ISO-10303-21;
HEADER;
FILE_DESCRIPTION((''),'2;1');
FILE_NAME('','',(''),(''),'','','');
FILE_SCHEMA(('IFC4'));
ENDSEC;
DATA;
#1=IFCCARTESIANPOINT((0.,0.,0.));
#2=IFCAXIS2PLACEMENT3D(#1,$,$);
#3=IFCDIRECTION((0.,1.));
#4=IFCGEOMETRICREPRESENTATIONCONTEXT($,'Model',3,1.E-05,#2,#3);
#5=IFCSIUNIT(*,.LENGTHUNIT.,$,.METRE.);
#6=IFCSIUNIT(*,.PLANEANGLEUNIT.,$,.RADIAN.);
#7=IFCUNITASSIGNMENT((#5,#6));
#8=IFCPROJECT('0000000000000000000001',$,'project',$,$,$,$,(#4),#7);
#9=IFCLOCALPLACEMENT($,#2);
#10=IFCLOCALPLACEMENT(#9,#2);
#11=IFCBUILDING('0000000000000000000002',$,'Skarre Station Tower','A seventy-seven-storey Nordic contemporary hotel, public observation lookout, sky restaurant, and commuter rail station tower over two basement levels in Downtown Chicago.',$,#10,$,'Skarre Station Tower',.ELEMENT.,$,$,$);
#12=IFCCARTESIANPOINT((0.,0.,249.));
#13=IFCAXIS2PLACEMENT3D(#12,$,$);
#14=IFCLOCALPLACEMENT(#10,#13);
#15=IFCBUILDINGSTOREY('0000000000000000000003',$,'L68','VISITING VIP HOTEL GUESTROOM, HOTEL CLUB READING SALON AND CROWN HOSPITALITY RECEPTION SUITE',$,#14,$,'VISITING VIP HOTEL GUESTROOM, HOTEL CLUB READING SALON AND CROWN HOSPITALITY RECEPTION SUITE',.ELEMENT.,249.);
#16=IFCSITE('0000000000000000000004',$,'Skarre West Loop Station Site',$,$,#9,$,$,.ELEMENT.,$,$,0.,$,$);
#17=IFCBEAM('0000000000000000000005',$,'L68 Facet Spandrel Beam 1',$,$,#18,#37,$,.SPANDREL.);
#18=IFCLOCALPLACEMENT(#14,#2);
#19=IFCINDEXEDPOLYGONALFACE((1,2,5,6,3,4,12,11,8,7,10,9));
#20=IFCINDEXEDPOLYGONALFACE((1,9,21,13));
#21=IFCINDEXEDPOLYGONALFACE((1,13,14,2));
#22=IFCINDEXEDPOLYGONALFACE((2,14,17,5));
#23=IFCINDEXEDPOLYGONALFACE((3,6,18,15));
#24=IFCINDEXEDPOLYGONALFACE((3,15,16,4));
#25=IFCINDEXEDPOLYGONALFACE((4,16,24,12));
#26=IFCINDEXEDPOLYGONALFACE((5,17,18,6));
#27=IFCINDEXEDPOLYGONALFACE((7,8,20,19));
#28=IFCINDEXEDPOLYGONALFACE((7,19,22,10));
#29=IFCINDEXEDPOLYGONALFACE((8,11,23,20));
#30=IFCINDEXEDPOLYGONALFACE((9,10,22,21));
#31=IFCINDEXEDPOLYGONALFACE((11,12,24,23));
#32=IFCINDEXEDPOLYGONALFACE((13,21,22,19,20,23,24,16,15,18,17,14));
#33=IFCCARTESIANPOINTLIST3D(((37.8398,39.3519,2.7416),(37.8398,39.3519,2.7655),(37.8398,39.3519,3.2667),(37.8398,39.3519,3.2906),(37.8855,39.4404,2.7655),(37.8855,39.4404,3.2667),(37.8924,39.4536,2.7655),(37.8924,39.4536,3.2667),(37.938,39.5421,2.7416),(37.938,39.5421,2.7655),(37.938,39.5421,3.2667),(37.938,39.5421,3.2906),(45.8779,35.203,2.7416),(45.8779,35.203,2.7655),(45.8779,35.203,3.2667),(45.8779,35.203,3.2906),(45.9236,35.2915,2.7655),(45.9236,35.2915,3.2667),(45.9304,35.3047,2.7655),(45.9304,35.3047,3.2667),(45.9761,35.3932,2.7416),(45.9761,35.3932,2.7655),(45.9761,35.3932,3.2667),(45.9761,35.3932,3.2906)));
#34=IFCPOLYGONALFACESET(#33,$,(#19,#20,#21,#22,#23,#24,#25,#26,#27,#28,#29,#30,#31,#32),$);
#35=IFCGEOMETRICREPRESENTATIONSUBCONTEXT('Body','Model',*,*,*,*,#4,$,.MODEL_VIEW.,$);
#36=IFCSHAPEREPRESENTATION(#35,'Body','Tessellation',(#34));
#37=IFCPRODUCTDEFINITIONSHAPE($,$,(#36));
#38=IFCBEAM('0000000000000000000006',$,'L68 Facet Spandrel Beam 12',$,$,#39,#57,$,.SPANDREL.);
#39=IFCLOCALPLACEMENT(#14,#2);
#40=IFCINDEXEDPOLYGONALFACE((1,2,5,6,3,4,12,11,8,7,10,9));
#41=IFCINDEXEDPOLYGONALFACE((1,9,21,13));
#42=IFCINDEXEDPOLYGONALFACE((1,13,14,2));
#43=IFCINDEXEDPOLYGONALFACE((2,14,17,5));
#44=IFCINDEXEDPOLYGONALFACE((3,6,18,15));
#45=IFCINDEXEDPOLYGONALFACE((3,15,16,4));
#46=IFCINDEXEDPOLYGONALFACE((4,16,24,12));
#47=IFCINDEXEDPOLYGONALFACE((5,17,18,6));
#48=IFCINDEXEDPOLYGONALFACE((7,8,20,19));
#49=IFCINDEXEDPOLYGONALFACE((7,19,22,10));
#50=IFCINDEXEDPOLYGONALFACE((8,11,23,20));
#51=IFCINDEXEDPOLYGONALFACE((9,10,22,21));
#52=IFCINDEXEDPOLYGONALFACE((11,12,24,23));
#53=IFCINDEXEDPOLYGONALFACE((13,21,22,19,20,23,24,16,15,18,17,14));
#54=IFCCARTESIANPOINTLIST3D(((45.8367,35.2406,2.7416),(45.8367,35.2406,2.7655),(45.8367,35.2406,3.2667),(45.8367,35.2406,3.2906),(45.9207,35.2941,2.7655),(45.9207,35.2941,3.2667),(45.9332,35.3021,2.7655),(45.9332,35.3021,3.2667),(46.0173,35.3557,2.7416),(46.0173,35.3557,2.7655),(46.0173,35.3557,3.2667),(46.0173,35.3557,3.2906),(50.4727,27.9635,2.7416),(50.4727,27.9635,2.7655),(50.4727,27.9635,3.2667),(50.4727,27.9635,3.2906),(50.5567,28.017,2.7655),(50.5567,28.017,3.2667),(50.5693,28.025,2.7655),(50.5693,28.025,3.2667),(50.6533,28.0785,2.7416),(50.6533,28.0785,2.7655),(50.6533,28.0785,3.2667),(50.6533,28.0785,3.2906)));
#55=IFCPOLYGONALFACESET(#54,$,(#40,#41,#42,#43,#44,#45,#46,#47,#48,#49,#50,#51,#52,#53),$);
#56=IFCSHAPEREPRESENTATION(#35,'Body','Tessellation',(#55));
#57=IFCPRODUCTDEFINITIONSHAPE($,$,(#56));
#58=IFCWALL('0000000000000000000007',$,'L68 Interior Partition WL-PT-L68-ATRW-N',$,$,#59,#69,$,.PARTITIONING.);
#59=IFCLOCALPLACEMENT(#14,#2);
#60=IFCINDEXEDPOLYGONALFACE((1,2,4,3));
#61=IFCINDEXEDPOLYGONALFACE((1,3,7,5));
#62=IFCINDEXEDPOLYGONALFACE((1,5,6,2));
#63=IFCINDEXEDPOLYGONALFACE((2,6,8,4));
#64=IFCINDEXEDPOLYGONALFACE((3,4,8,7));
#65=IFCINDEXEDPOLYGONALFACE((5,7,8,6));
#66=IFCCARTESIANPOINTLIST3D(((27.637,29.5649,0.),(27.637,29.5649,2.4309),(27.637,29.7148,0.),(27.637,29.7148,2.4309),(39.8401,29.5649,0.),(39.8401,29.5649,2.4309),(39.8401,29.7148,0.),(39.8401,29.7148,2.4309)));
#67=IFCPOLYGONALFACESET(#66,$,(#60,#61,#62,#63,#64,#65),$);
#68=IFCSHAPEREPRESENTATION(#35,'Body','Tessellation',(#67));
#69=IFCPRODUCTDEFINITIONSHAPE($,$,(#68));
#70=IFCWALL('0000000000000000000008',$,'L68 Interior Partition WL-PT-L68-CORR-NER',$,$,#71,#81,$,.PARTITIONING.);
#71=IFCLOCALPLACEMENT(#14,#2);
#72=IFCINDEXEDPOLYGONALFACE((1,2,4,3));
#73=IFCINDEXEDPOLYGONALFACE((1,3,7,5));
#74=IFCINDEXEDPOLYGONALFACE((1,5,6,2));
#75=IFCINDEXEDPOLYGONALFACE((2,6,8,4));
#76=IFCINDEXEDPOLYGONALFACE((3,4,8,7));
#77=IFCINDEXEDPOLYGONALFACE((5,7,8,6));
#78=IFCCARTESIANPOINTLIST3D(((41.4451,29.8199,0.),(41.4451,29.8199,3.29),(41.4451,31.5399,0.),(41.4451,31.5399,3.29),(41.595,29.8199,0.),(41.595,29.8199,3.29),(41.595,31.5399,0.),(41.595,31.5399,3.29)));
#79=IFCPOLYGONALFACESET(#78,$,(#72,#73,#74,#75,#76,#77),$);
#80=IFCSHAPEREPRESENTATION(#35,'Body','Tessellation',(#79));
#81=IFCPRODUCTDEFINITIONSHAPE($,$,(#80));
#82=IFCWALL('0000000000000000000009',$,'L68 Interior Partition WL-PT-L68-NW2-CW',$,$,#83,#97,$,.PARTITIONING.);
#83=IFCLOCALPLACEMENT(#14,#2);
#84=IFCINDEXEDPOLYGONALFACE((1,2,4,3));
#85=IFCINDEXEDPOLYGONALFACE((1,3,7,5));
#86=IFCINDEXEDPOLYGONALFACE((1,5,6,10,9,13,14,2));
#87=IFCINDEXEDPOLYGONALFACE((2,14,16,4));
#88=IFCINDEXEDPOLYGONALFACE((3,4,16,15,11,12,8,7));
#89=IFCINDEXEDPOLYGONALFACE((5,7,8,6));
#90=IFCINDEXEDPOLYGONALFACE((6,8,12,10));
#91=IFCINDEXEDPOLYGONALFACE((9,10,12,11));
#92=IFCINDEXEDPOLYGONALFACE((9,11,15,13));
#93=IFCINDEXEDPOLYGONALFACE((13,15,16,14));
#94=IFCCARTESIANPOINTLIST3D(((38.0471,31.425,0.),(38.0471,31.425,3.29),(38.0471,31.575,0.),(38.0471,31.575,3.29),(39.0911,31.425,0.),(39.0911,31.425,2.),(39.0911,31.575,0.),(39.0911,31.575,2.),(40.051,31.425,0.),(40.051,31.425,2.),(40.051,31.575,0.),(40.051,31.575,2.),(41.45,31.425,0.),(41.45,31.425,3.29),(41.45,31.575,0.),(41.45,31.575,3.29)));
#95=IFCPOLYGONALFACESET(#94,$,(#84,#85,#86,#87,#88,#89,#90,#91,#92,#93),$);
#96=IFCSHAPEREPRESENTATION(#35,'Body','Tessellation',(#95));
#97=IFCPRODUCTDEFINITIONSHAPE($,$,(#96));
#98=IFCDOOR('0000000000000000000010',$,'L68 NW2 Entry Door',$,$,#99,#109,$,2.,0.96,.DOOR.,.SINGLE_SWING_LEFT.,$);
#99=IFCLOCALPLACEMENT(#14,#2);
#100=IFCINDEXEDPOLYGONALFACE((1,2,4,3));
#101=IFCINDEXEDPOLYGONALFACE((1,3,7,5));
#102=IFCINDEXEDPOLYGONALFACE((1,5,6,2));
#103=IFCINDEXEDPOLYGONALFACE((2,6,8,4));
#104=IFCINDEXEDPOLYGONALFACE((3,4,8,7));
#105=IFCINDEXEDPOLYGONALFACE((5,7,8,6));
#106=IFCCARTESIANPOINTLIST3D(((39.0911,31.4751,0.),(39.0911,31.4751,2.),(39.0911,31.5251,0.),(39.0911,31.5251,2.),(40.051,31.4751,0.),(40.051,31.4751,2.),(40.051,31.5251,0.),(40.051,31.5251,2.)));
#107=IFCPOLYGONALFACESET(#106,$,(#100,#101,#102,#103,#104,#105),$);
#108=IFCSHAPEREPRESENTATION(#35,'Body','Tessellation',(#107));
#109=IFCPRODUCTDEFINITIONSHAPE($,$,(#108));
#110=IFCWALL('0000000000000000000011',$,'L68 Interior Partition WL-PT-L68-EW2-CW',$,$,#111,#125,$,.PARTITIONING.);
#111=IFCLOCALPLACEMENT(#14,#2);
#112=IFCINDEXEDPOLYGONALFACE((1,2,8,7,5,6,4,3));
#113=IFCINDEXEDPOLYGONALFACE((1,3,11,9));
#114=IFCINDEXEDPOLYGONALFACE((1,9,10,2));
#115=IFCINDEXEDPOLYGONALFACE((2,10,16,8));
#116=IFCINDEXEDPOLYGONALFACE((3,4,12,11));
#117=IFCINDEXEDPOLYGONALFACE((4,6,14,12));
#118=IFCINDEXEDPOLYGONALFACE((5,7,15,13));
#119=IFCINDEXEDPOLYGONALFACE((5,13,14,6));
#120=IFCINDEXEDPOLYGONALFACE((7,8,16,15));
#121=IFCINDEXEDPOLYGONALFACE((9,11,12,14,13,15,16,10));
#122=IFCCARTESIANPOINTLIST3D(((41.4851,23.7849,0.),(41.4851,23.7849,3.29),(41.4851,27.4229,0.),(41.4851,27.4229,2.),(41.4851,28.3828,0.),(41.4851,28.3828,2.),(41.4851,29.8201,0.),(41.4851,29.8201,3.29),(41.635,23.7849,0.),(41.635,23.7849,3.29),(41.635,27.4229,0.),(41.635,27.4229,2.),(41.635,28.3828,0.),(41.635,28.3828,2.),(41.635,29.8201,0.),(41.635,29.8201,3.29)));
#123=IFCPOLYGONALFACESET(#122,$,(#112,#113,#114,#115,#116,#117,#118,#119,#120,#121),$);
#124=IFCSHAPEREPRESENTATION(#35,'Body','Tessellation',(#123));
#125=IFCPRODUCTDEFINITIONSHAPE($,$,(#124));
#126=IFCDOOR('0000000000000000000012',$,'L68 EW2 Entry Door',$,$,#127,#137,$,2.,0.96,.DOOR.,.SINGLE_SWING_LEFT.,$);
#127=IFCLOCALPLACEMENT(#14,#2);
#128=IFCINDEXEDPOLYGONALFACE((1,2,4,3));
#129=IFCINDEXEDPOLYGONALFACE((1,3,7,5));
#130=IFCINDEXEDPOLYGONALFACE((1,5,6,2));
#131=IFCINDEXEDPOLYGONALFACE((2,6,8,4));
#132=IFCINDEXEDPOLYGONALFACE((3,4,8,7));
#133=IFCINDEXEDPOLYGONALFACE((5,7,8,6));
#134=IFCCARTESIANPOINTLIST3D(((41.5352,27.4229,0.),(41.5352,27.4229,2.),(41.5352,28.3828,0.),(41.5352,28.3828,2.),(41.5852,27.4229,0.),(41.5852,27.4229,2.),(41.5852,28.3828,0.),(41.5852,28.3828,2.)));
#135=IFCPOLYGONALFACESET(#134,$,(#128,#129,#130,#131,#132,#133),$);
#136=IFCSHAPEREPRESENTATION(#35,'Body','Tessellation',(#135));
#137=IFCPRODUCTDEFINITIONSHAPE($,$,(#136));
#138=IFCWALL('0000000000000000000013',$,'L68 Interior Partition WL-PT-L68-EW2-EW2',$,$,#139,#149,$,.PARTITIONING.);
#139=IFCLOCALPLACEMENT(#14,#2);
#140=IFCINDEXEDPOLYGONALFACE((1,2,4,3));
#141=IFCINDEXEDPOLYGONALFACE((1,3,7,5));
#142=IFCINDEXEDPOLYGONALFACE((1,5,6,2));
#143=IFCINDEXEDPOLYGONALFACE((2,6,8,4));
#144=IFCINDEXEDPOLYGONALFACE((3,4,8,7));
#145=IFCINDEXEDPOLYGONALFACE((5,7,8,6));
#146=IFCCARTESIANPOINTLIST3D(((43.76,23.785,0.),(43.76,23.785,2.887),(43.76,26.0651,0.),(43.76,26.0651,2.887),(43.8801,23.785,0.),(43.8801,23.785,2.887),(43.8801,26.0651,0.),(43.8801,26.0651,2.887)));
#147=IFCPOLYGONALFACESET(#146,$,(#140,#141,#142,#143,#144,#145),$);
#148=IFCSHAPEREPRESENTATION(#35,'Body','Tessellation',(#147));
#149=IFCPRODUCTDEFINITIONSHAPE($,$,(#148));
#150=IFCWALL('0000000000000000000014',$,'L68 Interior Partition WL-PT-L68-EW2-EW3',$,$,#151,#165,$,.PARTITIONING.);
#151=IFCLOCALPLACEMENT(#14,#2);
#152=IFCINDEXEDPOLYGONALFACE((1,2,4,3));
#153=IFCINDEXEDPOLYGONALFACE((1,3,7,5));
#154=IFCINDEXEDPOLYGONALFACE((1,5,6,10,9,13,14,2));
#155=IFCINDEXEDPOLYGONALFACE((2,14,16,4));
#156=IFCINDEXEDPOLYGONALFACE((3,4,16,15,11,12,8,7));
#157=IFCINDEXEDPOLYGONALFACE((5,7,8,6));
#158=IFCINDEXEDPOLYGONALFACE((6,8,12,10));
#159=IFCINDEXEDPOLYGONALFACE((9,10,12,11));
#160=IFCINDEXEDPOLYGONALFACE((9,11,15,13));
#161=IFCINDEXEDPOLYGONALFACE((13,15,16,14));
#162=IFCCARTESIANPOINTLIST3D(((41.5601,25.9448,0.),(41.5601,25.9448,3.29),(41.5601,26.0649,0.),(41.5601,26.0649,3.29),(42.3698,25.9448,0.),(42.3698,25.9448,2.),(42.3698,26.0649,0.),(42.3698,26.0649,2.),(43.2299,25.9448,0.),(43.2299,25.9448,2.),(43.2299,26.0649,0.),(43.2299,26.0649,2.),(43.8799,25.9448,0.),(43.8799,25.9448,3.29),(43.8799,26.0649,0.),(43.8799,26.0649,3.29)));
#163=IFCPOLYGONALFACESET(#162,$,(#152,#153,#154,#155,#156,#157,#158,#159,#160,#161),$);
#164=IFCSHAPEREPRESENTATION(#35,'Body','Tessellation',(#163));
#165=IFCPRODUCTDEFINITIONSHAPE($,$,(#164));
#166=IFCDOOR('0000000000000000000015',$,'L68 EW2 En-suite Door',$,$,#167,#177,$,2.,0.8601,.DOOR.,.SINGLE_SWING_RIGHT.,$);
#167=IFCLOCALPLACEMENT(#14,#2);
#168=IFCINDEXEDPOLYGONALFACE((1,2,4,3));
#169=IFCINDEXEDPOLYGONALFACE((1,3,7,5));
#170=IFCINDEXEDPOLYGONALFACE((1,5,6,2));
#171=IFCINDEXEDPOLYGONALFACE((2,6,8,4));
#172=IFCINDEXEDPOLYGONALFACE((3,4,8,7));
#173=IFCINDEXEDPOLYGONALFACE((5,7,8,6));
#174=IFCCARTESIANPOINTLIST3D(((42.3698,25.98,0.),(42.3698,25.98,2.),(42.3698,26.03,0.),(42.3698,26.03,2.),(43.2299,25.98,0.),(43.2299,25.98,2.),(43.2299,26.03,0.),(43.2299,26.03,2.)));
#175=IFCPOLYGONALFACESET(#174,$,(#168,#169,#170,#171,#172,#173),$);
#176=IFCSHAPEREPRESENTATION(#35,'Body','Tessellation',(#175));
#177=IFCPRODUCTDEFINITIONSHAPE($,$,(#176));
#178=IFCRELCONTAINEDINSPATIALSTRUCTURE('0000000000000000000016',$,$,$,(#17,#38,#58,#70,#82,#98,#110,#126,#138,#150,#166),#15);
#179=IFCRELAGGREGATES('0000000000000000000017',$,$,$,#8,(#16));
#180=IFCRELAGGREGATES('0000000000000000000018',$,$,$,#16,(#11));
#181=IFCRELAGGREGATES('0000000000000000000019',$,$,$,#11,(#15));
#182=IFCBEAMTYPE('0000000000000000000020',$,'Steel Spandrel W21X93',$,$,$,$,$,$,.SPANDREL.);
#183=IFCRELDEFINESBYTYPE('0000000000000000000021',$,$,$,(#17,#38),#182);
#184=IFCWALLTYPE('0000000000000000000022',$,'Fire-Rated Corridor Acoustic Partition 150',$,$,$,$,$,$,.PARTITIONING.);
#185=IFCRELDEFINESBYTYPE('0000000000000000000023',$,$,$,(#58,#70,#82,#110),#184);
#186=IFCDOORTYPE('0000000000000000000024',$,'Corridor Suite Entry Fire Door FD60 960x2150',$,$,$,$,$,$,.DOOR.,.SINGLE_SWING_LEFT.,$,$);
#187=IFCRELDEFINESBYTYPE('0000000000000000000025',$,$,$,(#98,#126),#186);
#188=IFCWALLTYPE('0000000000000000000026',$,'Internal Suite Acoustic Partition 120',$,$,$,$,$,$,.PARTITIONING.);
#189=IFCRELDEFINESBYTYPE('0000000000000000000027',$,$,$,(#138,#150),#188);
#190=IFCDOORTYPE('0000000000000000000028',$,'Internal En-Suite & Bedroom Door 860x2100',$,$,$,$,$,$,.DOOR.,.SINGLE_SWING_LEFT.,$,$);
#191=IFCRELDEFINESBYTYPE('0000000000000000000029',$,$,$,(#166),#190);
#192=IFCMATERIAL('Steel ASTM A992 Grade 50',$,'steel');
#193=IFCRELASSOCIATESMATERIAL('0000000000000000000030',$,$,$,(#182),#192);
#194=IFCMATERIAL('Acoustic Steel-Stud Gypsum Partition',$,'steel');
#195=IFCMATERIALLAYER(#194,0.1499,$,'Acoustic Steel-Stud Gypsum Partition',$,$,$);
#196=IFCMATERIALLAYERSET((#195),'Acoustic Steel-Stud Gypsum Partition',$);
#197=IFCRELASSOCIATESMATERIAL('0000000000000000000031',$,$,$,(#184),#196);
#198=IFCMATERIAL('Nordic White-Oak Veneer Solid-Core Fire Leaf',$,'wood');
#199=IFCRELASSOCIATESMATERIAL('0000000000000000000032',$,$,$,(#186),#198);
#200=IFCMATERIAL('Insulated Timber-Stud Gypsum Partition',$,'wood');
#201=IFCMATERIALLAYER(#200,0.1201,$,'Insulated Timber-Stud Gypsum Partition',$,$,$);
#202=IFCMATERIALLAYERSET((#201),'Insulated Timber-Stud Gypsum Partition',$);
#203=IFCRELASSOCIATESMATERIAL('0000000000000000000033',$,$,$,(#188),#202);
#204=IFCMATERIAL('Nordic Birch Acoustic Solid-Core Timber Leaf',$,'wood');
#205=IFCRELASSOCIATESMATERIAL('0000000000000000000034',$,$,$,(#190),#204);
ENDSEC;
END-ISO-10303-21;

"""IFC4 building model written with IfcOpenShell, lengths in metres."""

from ifc_helpers import new_model, si_unit, direction, frame, frame_2d, origin, origin_2d, place, context, subcontext, project, spatial, rectangle, i_section, extrude, material, layer, layer_set, material_profile, profile_set, type_object, element, fill, save


model = new_model("IFC4")

# Units and contexts
model_context = context("Model", 3, precision=1e-05, world=origin(), true_north=direction((0.0, 1.0)))
body_context = subcontext(model_context, "Body", "Model", "MODEL_VIEW")
ifc_project = project(units=[si_unit("LENGTHUNIT", "METRE"), si_unit("PLANEANGLEUNIT", "RADIAN")], contexts=[model_context])

# Site, building, storey
site_placement = place(None, origin())
site = spatial("IfcSite", under=ifc_project, at=site_placement, Name="Skarre West Loop Station Site", CompositionType="ELEMENT", RefElevation=0.0)
building_placement = place(site_placement, origin())
building = spatial("IfcBuilding", under=site, at=building_placement, Name="Skarre Station Tower", Description="A seventy-seven-storey Nordic contemporary hotel, public observation lookout, sky restaurant, and commuter rail station tower over two basement levels in Downtown Chicago.", LongName="Skarre Station Tower", CompositionType="ELEMENT")
storey_placement = place(building_placement, frame((0.0, 0.0, 249.0)))
storey = spatial("IfcBuildingStorey", under=building, at=storey_placement, Name="L68", Description="VISITING VIP HOTEL GUESTROOM, HOTEL CLUB READING SALON AND CROWN HOSPITALITY RECEPTION SUITE", LongName="VISITING VIP HOTEL GUESTROOM, HOTEL CLUB READING SALON AND CROWN HOSPITALITY RECEPTION SUITE", CompositionType="ELEMENT", Elevation=249.0)

# Beams
ifc_material_1 = material(Name="Steel ASTM A992 Grade 50", Category="steel")
ifc_material_profile_1 = material_profile(ifc_material_1, i_section(OverallWidth=0.2141, OverallDepth=0.5491, WebThickness=0.0149, FlangeThickness=0.0239, at=origin_2d()), Name="Steel ASTM A992 Grade 50")
ifc_profile_set_1 = profile_set([ifc_material_profile_1], Name="Steel ASTM A992 Grade 50")
beam_type_1 = type_object("IfcBeamType", Name="Steel Spandrel W21X93", PredefinedType="SPANDREL", material=ifc_profile_set_1)
beam_1_placement = place(storey_placement, frame((45.927, 35.2981, 3.0161), z_axis=(-0.88861, 0.458664, 0.0), x_axis=(-0.458664, -0.88861, 0.0)))
element("IfcBeam", 1, at=beam_1_placement, inside=storey, type_object=beam_type_1, Name="L68 Facet Spandrel Beam 1", PredefinedType="SPANDREL", context=body_context, shape_type="SweptSolid", body=[
    extrude(i_section(OverallWidth=0.2141, OverallDepth=0.5491, WebThickness=0.0149, FlangeThickness=0.0239, at=origin_2d()), origin(), (0.0, 0.0, 1.0), 9.0457),
])
beam_2_placement = place(storey_placement, frame((50.563, 28.021, 3.0161), z_axis=(-0.537297, 0.843393, 0.0), x_axis=(-0.843393, -0.537297, 0.0)))
element("IfcBeam", 2, at=beam_2_placement, inside=storey, type_object=beam_type_1, Name="L68 Facet Spandrel Beam 12", PredefinedType="SPANDREL", context=body_context, shape_type="SweptSolid", body=[
    extrude(i_section(OverallWidth=0.2141, OverallDepth=0.5491, WebThickness=0.0149, FlangeThickness=0.0239, at=origin_2d()), origin(), (0.0, 0.0, 1.0), 8.6284),
])

# Walls
ifc_material_2 = material(Name="Acoustic Steel-Stud Gypsum Partition", Category="steel")
ifc_layer_1 = layer(ifc_material_2, 0.1499, Name="Acoustic Steel-Stud Gypsum Partition")
ifc_layer_set_1 = layer_set([ifc_layer_1], Name="Acoustic Steel-Stud Gypsum Partition")
wall_type_1 = type_object("IfcWallType", Name="Fire-Rated Corridor Acoustic Partition 150", PredefinedType="PARTITIONING", material=ifc_layer_set_1)
wall_1_placement = place(storey_placement, frame((39.8401, 29.6399, 0.0), z_axis=(0.0, 0.0, 1.0), x_axis=(-1.0, 0.0, 0.0)))
element("IfcWall", 3, at=wall_1_placement, inside=storey, type_object=wall_type_1, Name="L68 Interior Partition WL-PT-L68-ATRW-N", PredefinedType="PARTITIONING", context=body_context, shape_type="SweptSolid", body=[
    extrude(rectangle(XDim=12.2031, YDim=0.1499, at=frame_2d((6.1016, 0.0))), origin(), (0.0, 0.0, 1.0), 2.4309),
])
wall_2_placement = place(storey_placement, frame((41.52, 29.8201, 0.0), z_axis=(0.0, 0.0, 1.0), x_axis=(0.0, 1.0, 0.0)))
element("IfcWall", 4, at=wall_2_placement, inside=storey, type_object=wall_type_1, Name="L68 Interior Partition WL-PT-L68-CORR-NER", PredefinedType="PARTITIONING", context=body_context, shape_type="SweptSolid", body=[
    extrude(rectangle(XDim=1.72, YDim=0.1499, at=frame_2d((0.8599, 0.0))), origin(), (0.0, 0.0, 1.0), 3.29),
])

# Walls, openings, doors
wall_3_placement = place(storey_placement, frame((41.45, 31.5, 0.0), z_axis=(0.0, 0.0, 1.0), x_axis=(-1.0, 0.0, 0.0)))
wall_3 = element("IfcWall", 5, at=wall_3_placement, inside=storey, type_object=wall_type_1, Name="L68 Interior Partition WL-PT-L68-NW2-CW", PredefinedType="PARTITIONING", context=body_context, shape_type="SweptSolid", body=[
    extrude(rectangle(XDim=3.4028, YDim=0.1499, at=frame_2d((1.7014, 0.0))), origin(), (0.0, 0.0, 1.0), 3.29),
])
opening_1_placement = place(wall_3_placement, frame((1.3989, 0.0, 0.0)))
opening_1 = element("IfcOpeningElement", 6, at=opening_1_placement, cuts=wall_3, PredefinedType="OPENING", context=body_context, shape_type="SweptSolid", body=[
    extrude(rectangle(XDim=0.96, YDim=2.0, at=frame_2d((0.48, 1.0))), frame((0.0, 0.085, 0.0), z_axis=(0.0, -1.0, 0.0), x_axis=(1.0, 0.0, 0.0)), (0.0, 0.0, 1.0), 0.1699),
])
ifc_material_3 = material(Name="Nordic White-Oak Veneer Solid-Core Fire Leaf", Category="wood")
door_type_1 = type_object("IfcDoorType", Name="Corridor Suite Entry Fire Door FD60 960x2150", OperationType="SINGLE_SWING_LEFT", PredefinedType="DOOR", material=ifc_material_3)
door_1_placement = place(opening_1_placement, origin())
door_1 = element("IfcDoor", 7, at=door_1_placement, inside=storey, type_object=door_type_1, Name="L68 NW2 Entry Door", OperationType="SINGLE_SWING_LEFT", OverallHeight=2.0, OverallWidth=0.96, PredefinedType="DOOR", context=body_context, shape_type="SweptSolid", body=[
    extrude(rectangle(XDim=0.96, YDim=2.0, at=frame_2d((0.48, 1.0))), frame((0.0, 0.0249, 0.0), z_axis=(0.0, -1.0, 0.0), x_axis=(1.0, 0.0, 0.0)), (0.0, 0.0, 1.0), 0.05),
])
fill(opening_1, door_1)
wall_4_placement = place(storey_placement, frame((41.5601, 23.7849, 0.0), z_axis=(0.0, 0.0, 1.0), x_axis=(0.0, 1.0, 0.0)))
wall_4 = element("IfcWall", 8, at=wall_4_placement, inside=storey, type_object=wall_type_1, Name="L68 Interior Partition WL-PT-L68-EW2-CW", PredefinedType="PARTITIONING", context=body_context, shape_type="SweptSolid", body=[
    extrude(rectangle(XDim=6.0352, YDim=0.1499, at=frame_2d((3.0176, 0.0))), origin(), (0.0, 0.0, 1.0), 3.29),
])
opening_2_placement = place(wall_4_placement, frame((3.6379, 0.0, 0.0)))
opening_2 = element("IfcOpeningElement", 9, at=opening_2_placement, cuts=wall_4, PredefinedType="OPENING", context=body_context, shape_type="SweptSolid", body=[
    extrude(rectangle(XDim=0.96, YDim=2.0, at=frame_2d((0.48, 1.0))), frame((0.0, 0.085, 0.0), z_axis=(0.0, -1.0, 0.0), x_axis=(1.0, 0.0, 0.0)), (0.0, 0.0, 1.0), 0.1699),
])
door_2_placement = place(opening_2_placement, origin())
door_2 = element("IfcDoor", 10, at=door_2_placement, inside=storey, type_object=door_type_1, Name="L68 EW2 Entry Door", OperationType="SINGLE_SWING_LEFT", OverallHeight=2.0, OverallWidth=0.96, PredefinedType="DOOR", context=body_context, shape_type="SweptSolid", body=[
    extrude(rectangle(XDim=0.96, YDim=2.0, at=frame_2d((0.48, 1.0))), frame((0.0, 0.0249, 0.0), z_axis=(0.0, -1.0, 0.0), x_axis=(1.0, 0.0, 0.0)), (0.0, 0.0, 1.0), 0.05),
])
fill(opening_2, door_2)

# Wall
ifc_material_4 = material(Name="Insulated Timber-Stud Gypsum Partition", Category="wood")
ifc_layer_2 = layer(ifc_material_4, 0.1201, Name="Insulated Timber-Stud Gypsum Partition")
ifc_layer_set_2 = layer_set([ifc_layer_2], Name="Insulated Timber-Stud Gypsum Partition")
wall_type_2 = type_object("IfcWallType", Name="Internal Suite Acoustic Partition 120", PredefinedType="PARTITIONING", material=ifc_layer_set_2)
wall_5_placement = place(storey_placement, frame((43.8201, 23.7849, 0.0), z_axis=(0.0, 0.0, 1.0), x_axis=(0.0, 1.0, 0.0)))
element("IfcWall", 11, at=wall_5_placement, inside=storey, type_object=wall_type_2, Name="L68 Interior Partition WL-PT-L68-EW2-EW2", PredefinedType="PARTITIONING", context=body_context, shape_type="SweptSolid", body=[
    extrude(rectangle(XDim=2.28, YDim=0.1201, at=frame_2d((1.1401, 0.0))), origin(), (0.0, 0.0, 1.0), 2.887),
])

# Wall, opening, door
wall_6_placement = place(storey_placement, frame((43.8799, 26.0049, 0.0), z_axis=(0.0, 0.0, 1.0), x_axis=(-1.0, 0.0, 0.0)))
wall_6 = element("IfcWall", 12, at=wall_6_placement, inside=storey, type_object=wall_type_2, Name="L68 Interior Partition WL-PT-L68-EW2-EW3", PredefinedType="PARTITIONING", context=body_context, shape_type="SweptSolid", body=[
    extrude(rectangle(XDim=2.3198, YDim=0.1201, at=frame_2d((1.1599, 0.0))), origin(), (0.0, 0.0, 1.0), 3.29),
])
opening_3_placement = place(wall_6_placement, frame((0.6499, 0.0, 0.0)))
opening_3 = element("IfcOpeningElement", 13, at=opening_3_placement, cuts=wall_6, PredefinedType="OPENING", context=body_context, shape_type="SweptSolid", body=[
    extrude(rectangle(XDim=0.8601, YDim=2.0, at=frame_2d((0.4302, 1.0))), frame((0.0, 0.0701, 0.0), z_axis=(0.0, -1.0, 0.0), x_axis=(1.0, 0.0, 0.0)), (0.0, 0.0, 1.0), 0.1401),
])
ifc_material_5 = material(Name="Nordic Birch Acoustic Solid-Core Timber Leaf", Category="wood")
door_type_2 = type_object("IfcDoorType", Name="Internal En-Suite & Bedroom Door 860x2100", OperationType="SINGLE_SWING_LEFT", PredefinedType="DOOR", material=ifc_material_5)
door_3_placement = place(opening_3_placement, origin())
door_3 = element("IfcDoor", 14, at=door_3_placement, inside=storey, type_object=door_type_2, Name="L68 EW2 En-suite Door", OperationType="SINGLE_SWING_RIGHT", OverallHeight=2.0, OverallWidth=0.8601, PredefinedType="DOOR", context=body_context, shape_type="SweptSolid", body=[
    extrude(rectangle(XDim=0.8601, YDim=2.0, at=frame_2d((0.4302, 1.0))), frame((0.0, 0.0249, 0.0), z_axis=(0.0, -1.0, 0.0), x_axis=(1.0, 0.0, 0.0)), (0.0, 0.0, 1.0), 0.05),
])
fill(opening_3, door_3)

save(model, "model.ifc")
